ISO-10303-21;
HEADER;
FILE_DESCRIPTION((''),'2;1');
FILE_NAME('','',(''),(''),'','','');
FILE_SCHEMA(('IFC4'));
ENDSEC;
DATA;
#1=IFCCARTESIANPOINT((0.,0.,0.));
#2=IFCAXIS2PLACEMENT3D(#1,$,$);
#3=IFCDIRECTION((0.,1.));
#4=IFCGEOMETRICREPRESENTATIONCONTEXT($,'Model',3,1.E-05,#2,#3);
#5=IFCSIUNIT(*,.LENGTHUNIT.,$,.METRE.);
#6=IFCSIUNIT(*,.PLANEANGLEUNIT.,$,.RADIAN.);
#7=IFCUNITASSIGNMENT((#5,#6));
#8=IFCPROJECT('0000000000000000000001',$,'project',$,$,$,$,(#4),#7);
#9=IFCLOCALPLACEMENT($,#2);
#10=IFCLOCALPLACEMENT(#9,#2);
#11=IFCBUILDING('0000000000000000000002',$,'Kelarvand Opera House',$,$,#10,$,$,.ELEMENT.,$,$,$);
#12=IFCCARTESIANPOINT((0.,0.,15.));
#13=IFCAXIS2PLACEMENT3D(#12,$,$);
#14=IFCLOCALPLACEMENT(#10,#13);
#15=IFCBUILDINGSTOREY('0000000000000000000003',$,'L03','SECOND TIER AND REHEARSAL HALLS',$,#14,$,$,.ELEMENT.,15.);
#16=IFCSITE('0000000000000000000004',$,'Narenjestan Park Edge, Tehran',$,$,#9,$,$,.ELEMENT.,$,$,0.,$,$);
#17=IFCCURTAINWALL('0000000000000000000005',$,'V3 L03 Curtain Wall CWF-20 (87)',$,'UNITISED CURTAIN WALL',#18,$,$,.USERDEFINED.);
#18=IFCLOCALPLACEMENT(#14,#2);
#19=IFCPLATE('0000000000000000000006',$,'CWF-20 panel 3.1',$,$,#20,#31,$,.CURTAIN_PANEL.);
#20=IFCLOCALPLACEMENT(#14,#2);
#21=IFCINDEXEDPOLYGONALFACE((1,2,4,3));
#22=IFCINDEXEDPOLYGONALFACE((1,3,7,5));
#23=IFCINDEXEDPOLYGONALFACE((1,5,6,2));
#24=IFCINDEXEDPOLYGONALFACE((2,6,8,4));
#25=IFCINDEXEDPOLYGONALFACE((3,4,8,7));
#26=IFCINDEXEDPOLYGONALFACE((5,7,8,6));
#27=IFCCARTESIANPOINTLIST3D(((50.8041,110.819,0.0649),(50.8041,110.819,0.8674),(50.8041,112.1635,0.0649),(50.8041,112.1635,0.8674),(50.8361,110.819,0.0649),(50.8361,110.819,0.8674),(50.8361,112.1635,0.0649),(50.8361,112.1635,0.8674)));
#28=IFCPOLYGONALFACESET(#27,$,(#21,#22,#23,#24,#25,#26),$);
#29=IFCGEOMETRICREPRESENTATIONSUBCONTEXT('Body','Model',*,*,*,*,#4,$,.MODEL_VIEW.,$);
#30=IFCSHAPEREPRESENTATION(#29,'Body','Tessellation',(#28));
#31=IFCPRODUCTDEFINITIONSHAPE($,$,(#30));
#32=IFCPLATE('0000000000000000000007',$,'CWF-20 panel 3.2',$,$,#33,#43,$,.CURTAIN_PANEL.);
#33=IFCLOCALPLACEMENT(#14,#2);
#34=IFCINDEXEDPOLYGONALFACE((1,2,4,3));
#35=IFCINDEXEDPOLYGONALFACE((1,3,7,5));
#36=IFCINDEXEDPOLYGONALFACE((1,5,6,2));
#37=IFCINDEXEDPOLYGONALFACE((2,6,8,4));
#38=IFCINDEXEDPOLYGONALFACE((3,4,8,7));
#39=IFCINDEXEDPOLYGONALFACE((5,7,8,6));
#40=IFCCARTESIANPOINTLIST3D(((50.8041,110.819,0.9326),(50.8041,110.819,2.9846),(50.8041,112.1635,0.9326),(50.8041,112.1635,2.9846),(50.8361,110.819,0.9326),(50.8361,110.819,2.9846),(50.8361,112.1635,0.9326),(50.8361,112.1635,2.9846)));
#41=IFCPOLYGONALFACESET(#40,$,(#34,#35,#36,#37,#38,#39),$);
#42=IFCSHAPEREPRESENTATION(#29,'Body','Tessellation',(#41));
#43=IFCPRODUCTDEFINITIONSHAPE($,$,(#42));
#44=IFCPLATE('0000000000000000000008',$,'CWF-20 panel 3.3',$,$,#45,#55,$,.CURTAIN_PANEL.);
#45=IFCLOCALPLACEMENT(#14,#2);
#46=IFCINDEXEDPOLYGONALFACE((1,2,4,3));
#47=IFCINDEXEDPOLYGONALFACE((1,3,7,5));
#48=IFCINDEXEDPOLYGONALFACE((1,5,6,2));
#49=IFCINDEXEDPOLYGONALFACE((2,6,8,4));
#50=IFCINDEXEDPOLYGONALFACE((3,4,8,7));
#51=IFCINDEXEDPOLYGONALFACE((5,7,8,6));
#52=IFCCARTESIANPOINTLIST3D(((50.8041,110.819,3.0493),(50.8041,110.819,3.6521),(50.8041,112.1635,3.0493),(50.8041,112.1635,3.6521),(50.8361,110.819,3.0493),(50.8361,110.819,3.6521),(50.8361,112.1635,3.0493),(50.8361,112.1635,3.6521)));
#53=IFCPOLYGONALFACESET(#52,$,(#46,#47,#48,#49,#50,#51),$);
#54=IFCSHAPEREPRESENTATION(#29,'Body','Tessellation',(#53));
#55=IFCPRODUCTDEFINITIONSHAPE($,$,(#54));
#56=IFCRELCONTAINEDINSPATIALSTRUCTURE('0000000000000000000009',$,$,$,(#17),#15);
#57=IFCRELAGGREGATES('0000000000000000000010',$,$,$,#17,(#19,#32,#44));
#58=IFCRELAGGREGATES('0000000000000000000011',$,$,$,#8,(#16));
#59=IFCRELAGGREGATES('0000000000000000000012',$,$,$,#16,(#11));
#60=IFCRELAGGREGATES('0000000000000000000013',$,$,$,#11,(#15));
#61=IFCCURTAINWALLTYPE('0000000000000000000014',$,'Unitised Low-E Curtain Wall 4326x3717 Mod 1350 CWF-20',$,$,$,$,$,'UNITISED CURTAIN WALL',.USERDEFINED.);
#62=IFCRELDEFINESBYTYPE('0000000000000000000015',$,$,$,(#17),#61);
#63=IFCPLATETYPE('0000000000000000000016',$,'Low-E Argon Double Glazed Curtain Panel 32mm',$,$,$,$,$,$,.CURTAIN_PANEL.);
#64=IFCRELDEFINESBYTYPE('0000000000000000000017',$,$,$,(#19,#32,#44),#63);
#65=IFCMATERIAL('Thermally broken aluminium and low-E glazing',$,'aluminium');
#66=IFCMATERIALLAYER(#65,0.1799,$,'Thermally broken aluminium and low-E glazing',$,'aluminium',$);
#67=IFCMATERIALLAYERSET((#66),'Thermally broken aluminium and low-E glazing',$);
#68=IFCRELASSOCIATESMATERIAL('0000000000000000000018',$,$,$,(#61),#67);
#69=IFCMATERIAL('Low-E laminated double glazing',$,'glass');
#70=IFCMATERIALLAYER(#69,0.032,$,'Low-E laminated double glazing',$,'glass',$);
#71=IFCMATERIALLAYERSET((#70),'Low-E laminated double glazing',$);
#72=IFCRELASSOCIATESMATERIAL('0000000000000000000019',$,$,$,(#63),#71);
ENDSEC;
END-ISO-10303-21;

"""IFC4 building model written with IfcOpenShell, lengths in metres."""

from ifc_helpers import new_model, si_unit, direction, frame, origin, origin_2d, place, context, subcontext, project, spatial, rectangle, extrude, material, layer, layer_set, type_object, element, aggregate, save


model = new_model("IFC4")

# Units and contexts
model_context = context("Model", 3, precision=1e-05, world=origin(), true_north=direction((0.0, 1.0)))
body_context = subcontext(model_context, "Body", "Model", "MODEL_VIEW")
ifc_project = project(units=[si_unit("LENGTHUNIT", "METRE"), si_unit("PLANEANGLEUNIT", "RADIAN")], contexts=[model_context])

# Site, building, storey
site_placement = place(None, origin())
site = spatial("IfcSite", under=ifc_project, at=site_placement, Name="Narenjestan Park Edge, Tehran", CompositionType="ELEMENT", RefElevation=0.0)
building_placement = place(site_placement, origin())
building = spatial("IfcBuilding", under=site, at=building_placement, Name="Kelarvand Opera House", CompositionType="ELEMENT")
storey_placement = place(building_placement, frame((0.0, 0.0, 15.0)))
storey = spatial("IfcBuildingStorey", under=building, at=storey_placement, Name="L03", Description="SECOND TIER AND REHEARSAL HALLS", CompositionType="ELEMENT", Elevation=15.0)

# Curtain wall
ifc_material_1 = material(Name="Thermally broken aluminium and low-E glazing", Category="aluminium")
ifc_layer_1 = layer(ifc_material_1, 0.1799, Name="Thermally broken aluminium and low-E glazing", Category="aluminium")
ifc_layer_set_1 = layer_set([ifc_layer_1], Name="Thermally broken aluminium and low-E glazing")
curtain_wall_type = type_object("IfcCurtainWallType", Name="Unitised Low-E Curtain Wall 4326x3717 Mod 1350 CWF-20", ElementType="UNITISED CURTAIN WALL", PredefinedType="USERDEFINED", material=ifc_layer_set_1)
curtain_wall_1_placement = place(storey_placement, origin())
curtain_wall_1 = element("IfcCurtainWall", 1, at=curtain_wall_1_placement, inside=storey, type_object=curtain_wall_type, Name="V3 L03 Curtain Wall CWF-20 (87)", ObjectType="UNITISED CURTAIN WALL", PredefinedType="USERDEFINED")

# Plates
ifc_material_2 = material(Name="Low-E laminated double glazing", Category="glass")
ifc_layer_2 = layer(ifc_material_2, 0.032, Name="Low-E laminated double glazing", Category="glass")
ifc_layer_set_2 = layer_set([ifc_layer_2], Name="Low-E laminated double glazing")
plate_type = type_object("IfcPlateType", Name="Low-E Argon Double Glazed Curtain Panel 32mm", PredefinedType="CURTAIN_PANEL", material=ifc_layer_set_2)
plate_1_placement = place(storey_placement, frame((50.8201, 111.4912, 0.0649), z_axis=(0.0, 0.0, 1.0), x_axis=(0.0, -1.0, 0.0)))
plate_1 = element("IfcPlate", 2, at=plate_1_placement, type_object=plate_type, Name="CWF-20 panel 3.1", PredefinedType="CURTAIN_PANEL", context=body_context, shape_type="SweptSolid", body=[
    extrude(rectangle(XDim=1.3445, YDim=0.032, at=origin_2d()), origin(), (0.0, 0.0, 1.0), 0.8025),
])
plate_2_placement = place(storey_placement, frame((50.8201, 111.4912, 0.9326), z_axis=(0.0, 0.0, 1.0), x_axis=(0.0, -1.0, 0.0)))
plate_2 = element("IfcPlate", 3, at=plate_2_placement, type_object=plate_type, Name="CWF-20 panel 3.2", PredefinedType="CURTAIN_PANEL", context=body_context, shape_type="SweptSolid", body=[
    extrude(rectangle(XDim=1.3445, YDim=0.032, at=origin_2d()), origin(), (0.0, 0.0, 1.0), 2.052),
])
plate_3_placement = place(storey_placement, frame((50.8201, 111.4912, 3.0493), z_axis=(0.0, 0.0, 1.0), x_axis=(0.0, -1.0, 0.0)))
plate_3 = element("IfcPlate", 4, at=plate_3_placement, type_object=plate_type, Name="CWF-20 panel 3.3", PredefinedType="CURTAIN_PANEL", context=body_context, shape_type="SweptSolid", body=[
    extrude(rectangle(XDim=1.3445, YDim=0.032, at=origin_2d()), origin(), (0.0, 0.0, 1.0), 0.6028),
])
aggregate(curtain_wall_1, [plate_1, plate_2, plate_3])

save(model, "model.ifc")
